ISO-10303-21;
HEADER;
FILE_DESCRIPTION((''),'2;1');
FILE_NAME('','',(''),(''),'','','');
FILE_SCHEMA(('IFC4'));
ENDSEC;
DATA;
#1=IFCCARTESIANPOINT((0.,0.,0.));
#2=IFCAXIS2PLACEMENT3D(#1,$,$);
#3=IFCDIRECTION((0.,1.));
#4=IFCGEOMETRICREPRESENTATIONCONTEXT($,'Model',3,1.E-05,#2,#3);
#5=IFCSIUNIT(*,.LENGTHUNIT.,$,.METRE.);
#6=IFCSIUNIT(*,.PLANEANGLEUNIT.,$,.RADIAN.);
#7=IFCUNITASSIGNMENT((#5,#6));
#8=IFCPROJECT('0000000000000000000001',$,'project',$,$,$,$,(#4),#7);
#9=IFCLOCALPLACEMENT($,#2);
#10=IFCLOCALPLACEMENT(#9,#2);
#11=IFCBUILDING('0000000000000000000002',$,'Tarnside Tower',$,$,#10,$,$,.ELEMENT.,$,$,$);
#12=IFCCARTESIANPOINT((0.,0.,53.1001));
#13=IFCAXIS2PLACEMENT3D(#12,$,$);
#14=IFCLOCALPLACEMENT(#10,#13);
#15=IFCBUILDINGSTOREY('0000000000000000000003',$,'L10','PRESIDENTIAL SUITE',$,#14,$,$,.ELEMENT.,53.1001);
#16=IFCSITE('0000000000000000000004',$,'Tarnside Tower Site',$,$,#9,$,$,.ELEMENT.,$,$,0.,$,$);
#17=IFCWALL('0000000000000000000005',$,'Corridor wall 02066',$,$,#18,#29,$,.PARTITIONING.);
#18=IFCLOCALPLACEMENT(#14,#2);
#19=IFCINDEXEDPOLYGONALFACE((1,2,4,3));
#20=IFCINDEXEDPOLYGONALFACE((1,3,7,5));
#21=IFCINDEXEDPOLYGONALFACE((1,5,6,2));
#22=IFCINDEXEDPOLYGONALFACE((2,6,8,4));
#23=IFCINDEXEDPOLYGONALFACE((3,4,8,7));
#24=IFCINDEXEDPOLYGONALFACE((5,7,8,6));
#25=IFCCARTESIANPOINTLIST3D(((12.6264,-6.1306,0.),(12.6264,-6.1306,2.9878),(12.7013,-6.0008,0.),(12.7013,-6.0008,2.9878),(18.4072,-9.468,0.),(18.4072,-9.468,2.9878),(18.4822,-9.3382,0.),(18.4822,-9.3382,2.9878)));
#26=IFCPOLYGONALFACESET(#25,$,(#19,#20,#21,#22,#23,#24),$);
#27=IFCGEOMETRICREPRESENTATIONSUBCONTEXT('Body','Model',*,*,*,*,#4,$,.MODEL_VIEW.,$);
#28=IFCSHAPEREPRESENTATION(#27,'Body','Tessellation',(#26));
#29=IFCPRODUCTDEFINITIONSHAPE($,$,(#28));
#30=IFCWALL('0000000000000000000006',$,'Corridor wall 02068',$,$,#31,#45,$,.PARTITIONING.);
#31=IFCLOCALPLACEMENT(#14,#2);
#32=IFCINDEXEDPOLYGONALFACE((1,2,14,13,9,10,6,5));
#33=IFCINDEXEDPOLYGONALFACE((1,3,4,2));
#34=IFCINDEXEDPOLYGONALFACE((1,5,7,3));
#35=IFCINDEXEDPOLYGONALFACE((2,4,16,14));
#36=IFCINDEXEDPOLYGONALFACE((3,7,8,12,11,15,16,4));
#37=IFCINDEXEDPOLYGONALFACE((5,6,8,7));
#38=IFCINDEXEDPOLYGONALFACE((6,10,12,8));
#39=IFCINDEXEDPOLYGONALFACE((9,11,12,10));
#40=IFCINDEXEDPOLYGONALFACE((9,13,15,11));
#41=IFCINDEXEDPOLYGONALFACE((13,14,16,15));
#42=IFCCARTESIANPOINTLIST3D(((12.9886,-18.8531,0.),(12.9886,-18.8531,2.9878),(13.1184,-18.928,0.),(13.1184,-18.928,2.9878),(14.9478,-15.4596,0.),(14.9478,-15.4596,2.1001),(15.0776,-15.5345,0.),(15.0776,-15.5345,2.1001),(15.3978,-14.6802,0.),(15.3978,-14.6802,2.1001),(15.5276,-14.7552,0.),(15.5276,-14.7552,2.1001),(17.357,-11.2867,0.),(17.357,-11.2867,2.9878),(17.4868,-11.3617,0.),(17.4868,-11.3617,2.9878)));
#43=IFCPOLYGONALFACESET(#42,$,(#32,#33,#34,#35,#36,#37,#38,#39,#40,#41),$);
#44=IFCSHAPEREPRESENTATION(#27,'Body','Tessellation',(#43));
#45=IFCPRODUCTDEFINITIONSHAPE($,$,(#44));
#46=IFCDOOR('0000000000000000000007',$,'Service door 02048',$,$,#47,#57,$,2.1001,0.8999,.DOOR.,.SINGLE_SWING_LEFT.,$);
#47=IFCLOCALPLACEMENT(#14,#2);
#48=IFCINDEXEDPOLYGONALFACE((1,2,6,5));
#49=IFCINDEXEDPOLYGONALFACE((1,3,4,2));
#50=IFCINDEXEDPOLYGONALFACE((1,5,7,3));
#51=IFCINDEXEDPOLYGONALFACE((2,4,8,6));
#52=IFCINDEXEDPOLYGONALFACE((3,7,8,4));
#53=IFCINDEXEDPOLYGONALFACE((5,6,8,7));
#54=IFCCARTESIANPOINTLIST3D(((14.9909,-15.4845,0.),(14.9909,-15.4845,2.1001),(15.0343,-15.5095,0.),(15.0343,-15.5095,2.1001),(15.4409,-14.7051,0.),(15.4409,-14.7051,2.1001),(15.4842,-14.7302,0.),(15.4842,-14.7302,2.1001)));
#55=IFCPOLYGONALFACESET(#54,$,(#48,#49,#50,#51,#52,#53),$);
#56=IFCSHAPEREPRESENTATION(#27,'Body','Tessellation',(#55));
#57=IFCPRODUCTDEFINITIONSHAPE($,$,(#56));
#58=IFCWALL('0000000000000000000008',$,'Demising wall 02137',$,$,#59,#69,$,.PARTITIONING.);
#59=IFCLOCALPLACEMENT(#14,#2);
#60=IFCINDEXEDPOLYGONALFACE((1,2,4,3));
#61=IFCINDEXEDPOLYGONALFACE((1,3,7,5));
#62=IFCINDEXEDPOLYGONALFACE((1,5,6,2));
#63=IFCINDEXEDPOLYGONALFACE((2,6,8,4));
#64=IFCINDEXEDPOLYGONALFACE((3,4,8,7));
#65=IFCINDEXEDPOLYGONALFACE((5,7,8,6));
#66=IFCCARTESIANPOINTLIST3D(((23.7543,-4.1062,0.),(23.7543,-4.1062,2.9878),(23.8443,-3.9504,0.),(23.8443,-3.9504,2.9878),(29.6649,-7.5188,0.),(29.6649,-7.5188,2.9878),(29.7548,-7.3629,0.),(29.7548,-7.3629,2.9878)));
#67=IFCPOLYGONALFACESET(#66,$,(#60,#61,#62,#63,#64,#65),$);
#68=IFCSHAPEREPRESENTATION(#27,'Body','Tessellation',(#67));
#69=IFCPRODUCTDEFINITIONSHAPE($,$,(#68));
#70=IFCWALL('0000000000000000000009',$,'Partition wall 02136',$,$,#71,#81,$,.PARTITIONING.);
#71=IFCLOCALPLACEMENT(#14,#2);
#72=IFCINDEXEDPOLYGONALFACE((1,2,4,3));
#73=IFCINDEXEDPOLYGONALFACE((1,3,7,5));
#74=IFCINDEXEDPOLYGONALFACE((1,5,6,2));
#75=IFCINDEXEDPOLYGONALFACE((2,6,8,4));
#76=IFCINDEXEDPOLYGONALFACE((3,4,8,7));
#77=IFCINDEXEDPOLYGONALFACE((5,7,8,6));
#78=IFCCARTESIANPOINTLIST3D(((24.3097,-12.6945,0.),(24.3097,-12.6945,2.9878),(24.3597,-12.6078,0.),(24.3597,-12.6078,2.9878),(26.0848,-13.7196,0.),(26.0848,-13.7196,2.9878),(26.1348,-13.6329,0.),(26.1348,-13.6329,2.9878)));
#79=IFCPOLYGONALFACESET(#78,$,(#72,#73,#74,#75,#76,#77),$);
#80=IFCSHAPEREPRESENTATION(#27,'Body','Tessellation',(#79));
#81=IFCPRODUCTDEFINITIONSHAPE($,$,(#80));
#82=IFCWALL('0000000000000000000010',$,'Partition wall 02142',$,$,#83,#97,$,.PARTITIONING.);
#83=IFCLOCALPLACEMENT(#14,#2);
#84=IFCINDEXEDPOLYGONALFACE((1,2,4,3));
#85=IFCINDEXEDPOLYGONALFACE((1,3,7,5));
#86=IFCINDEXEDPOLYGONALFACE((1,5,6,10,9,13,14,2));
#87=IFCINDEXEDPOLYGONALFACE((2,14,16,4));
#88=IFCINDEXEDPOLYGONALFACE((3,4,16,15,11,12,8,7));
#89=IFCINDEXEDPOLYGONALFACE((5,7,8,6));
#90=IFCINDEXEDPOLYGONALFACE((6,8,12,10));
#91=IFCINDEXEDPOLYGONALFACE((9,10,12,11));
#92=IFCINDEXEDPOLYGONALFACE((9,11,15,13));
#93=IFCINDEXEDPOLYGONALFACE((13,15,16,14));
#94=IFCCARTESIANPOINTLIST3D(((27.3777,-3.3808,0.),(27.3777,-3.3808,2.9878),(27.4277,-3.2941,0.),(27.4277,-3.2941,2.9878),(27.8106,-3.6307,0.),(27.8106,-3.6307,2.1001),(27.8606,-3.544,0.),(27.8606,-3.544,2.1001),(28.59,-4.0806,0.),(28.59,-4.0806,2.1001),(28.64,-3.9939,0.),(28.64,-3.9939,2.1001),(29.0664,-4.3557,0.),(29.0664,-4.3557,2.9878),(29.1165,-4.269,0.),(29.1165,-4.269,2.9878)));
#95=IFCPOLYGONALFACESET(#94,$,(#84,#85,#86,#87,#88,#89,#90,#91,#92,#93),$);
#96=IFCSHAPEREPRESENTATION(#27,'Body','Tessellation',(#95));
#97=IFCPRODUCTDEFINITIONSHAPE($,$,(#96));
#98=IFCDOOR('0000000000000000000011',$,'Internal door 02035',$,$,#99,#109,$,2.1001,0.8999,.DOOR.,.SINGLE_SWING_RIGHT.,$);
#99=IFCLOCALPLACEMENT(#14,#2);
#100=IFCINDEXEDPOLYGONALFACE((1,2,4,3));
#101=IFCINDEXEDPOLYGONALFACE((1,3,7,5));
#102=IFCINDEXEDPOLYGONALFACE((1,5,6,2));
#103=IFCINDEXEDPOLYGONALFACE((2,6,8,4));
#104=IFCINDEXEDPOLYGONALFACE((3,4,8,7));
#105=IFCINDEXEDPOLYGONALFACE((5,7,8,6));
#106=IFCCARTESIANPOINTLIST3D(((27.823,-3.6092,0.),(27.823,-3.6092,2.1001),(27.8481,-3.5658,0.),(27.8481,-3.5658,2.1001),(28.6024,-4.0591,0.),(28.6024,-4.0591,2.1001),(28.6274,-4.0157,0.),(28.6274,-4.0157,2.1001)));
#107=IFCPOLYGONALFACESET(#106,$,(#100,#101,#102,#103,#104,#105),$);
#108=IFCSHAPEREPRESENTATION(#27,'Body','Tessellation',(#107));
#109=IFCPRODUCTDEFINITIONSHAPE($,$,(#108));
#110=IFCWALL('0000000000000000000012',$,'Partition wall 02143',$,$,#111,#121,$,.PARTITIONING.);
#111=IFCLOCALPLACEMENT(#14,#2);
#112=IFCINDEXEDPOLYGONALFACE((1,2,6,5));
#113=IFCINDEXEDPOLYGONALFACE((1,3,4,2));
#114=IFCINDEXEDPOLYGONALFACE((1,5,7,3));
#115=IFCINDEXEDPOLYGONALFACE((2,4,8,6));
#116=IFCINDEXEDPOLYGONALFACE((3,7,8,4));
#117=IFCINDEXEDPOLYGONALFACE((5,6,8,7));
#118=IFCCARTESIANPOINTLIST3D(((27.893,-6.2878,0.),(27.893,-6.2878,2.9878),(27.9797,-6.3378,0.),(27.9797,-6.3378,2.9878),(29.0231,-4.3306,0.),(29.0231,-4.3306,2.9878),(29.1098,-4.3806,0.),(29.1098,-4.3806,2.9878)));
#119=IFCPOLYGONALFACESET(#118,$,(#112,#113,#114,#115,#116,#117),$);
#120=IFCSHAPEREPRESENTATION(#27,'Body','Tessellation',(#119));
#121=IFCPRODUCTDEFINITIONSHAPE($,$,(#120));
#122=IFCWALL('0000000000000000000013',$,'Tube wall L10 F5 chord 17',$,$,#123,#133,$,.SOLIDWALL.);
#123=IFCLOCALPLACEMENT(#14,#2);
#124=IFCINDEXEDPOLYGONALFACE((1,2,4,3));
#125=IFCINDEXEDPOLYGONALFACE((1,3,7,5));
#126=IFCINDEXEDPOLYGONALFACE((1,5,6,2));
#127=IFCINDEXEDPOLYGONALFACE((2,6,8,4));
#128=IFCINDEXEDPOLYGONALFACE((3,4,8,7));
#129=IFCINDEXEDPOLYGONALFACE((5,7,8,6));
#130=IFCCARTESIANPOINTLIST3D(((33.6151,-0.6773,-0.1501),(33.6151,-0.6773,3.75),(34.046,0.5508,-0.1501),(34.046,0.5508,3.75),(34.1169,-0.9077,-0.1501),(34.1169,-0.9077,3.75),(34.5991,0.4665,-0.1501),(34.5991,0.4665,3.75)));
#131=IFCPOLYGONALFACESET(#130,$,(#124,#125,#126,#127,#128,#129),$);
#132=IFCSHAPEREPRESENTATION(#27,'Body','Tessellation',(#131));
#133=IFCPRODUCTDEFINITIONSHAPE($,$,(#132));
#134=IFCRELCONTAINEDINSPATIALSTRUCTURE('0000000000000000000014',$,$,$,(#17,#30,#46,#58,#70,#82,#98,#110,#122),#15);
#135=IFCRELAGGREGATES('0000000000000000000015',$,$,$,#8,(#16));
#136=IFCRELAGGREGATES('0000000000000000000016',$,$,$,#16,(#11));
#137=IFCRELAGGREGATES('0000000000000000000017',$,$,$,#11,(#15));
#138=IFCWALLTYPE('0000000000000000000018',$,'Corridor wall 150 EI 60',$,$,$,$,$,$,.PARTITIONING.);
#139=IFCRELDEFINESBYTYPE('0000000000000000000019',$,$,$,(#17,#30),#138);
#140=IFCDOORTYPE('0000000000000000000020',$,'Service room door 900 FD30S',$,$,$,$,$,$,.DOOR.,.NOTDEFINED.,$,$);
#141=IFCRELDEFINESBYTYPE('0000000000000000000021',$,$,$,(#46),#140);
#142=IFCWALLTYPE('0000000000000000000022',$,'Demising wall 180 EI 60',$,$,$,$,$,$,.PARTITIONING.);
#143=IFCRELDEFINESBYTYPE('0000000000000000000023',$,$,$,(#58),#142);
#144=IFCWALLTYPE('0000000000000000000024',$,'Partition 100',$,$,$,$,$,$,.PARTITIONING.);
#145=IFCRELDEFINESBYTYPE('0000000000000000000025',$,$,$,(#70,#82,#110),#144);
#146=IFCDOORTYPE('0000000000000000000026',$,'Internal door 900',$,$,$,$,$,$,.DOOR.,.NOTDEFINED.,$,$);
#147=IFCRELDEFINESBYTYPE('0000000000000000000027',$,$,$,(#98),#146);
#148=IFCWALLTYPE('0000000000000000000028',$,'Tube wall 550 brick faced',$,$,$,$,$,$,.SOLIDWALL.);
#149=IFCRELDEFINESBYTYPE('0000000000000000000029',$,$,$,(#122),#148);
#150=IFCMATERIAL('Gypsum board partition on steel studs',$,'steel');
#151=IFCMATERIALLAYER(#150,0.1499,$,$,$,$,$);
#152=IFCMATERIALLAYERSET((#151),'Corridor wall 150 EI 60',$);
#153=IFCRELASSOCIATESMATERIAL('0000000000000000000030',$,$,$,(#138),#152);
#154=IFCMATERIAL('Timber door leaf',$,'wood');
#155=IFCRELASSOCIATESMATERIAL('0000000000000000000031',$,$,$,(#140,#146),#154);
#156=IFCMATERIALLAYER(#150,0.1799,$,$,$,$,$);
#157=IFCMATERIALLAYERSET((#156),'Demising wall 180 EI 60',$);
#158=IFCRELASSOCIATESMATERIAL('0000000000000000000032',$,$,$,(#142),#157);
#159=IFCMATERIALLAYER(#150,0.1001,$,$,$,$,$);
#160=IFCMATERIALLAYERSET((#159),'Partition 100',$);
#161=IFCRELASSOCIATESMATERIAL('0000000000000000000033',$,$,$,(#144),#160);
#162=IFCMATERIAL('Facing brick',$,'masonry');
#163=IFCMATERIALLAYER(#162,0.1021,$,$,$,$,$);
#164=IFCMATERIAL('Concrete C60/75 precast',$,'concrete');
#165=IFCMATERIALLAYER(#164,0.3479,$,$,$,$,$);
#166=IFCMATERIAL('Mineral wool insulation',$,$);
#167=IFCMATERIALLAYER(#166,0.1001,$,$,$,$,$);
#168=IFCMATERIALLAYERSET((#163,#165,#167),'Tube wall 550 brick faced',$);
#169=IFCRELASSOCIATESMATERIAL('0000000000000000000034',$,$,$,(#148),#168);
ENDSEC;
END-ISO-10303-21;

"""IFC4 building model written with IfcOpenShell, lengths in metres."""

from ifc_helpers import new_model, si_unit, direction, frame, frame_2d, origin, place, context, subcontext, project, spatial, polyline, rectangle, outline, extrude, material, layer, layer_set, type_object, element, fill, save


model = new_model("IFC4")

# Units and contexts
model_context = context("Model", 3, precision=1e-05, world=origin(), true_north=direction((0.0, 1.0)))
body_context = subcontext(model_context, "Body", "Model", "MODEL_VIEW")
ifc_project = project(units=[si_unit("LENGTHUNIT", "METRE"), si_unit("PLANEANGLEUNIT", "RADIAN")], contexts=[model_context])

# Site, building, storey
site_placement = place(None, origin())
site = spatial("IfcSite", under=ifc_project, at=site_placement, Name="Tarnside Tower Site", CompositionType="ELEMENT", RefElevation=0.0)
building_placement = place(site_placement, origin())
building = spatial("IfcBuilding", under=site, at=building_placement, Name="Tarnside Tower", CompositionType="ELEMENT")
storey_placement = place(building_placement, frame((0.0, 0.0, 53.1001)))
storey = spatial("IfcBuildingStorey", under=building, at=storey_placement, Name="L10", Description="PRESIDENTIAL SUITE", CompositionType="ELEMENT", Elevation=53.1001)

# Shared definitions
ifc_material_1 = material(Name="Gypsum board partition on steel studs", Category="steel")

# Shared definitions
ifc_material_2 = material(Name="Timber door leaf", Category="wood")

# Wall
ifc_layer_1 = layer(ifc_material_1, 0.1499)
ifc_layer_set_1 = layer_set([ifc_layer_1], Name="Corridor wall 150 EI 60")
wall_type_1 = type_object("IfcWallType", Name="Corridor wall 150 EI 60", PredefinedType="PARTITIONING", material=ifc_layer_set_1)
wall_1_placement = place(storey_placement, frame((18.4446, -9.4031, 0.0), z_axis=(0.0, 0.0, 1.0), x_axis=(-0.866033, 0.499986, 0.0)))
element("IfcWall", 1, at=wall_1_placement, inside=storey, type_object=wall_type_1, Name="Corridor wall 02066", PredefinedType="PARTITIONING", context=body_context, shape_type="SweptSolid", body=[
    extrude(rectangle(XDim=6.675, YDim=0.1499, at=frame_2d((3.3374, 0.0))), origin(), (0.0, 0.0, 1.0), 2.9878),
])

# Wall, opening, door
wall_2_placement = place(storey_placement, frame((17.4219, -11.3242, 0.0), z_axis=(0.0, 0.0, 1.0), x_axis=(-0.499995, -0.866028, 0.0)))
wall_2 = element("IfcWall", 2, at=wall_2_placement, inside=storey, type_object=wall_type_1, Name="Corridor wall 02068", PredefinedType="PARTITIONING", context=body_context, shape_type="SweptSolid", body=[
    extrude(rectangle(XDim=8.7368, YDim=0.1499, at=frame_2d((4.3684, 0.0))), origin(), (0.0, 0.0, 1.0), 2.9878),
])
opening_1_placement = place(wall_2_placement, frame((3.9185, 0.0, 0.0)))
opening_1 = element("IfcOpeningElement", 3, at=opening_1_placement, cuts=wall_2, PredefinedType="OPENING", context=body_context, shape_type="SweptSolid", body=[
    extrude(rectangle(XDim=0.8999, YDim=2.1001, at=frame_2d((0.45, 1.05))), frame((0.0, 0.085, 0.0), z_axis=(0.0, -1.0, 0.0), x_axis=(1.0, 0.0, 0.0)), (0.0, 0.0, 1.0), 0.1699),
])
door_type_1 = type_object("IfcDoorType", Name="Service room door 900 FD30S", OperationType="NOTDEFINED", PredefinedType="DOOR", material=ifc_material_2)
door_1_placement = place(opening_1_placement, origin())
door_1 = element("IfcDoor", 4, at=door_1_placement, inside=storey, type_object=door_type_1, Name="Service door 02048", OperationType="SINGLE_SWING_LEFT", OverallHeight=2.1001, OverallWidth=0.8999, PredefinedType="DOOR", context=body_context, shape_type="SweptSolid", body=[
    extrude(rectangle(XDim=0.8999, YDim=2.1001, at=frame_2d((0.45, 1.05))), frame((0.0, 0.0249, 0.0), z_axis=(0.0, -1.0, 0.0), x_axis=(1.0, 0.0, 0.0)), (0.0, 0.0, 1.0), 0.05),
])
fill(opening_1, door_1)

# Walls
ifc_layer_2 = layer(ifc_material_1, 0.1799)
ifc_layer_set_2 = layer_set([ifc_layer_2], Name="Demising wall 180 EI 60")
wall_type_2 = type_object("IfcWallType", Name="Demising wall 180 EI 60", PredefinedType="PARTITIONING", material=ifc_layer_set_2)
wall_3_placement = place(storey_placement, frame((29.71, -7.4409, 0.0), z_axis=(0.0, 0.0, 1.0), x_axis=(-0.86602, 0.500009, 0.0)))
element("IfcWall", 5, at=wall_3_placement, inside=storey, type_object=wall_type_2, Name="Demising wall 02137", PredefinedType="PARTITIONING", context=body_context, shape_type="SweptSolid", body=[
    extrude(rectangle(XDim=6.825, YDim=0.1799, at=frame_2d((3.4126, 0.0))), origin(), (0.0, 0.0, 1.0), 2.9878),
])
ifc_layer_3 = layer(ifc_material_1, 0.1001)
ifc_layer_set_3 = layer_set([ifc_layer_3], Name="Partition 100")
wall_type_3 = type_object("IfcWallType", Name="Partition 100", PredefinedType="PARTITIONING", material=ifc_layer_set_3)
wall_4_placement = place(storey_placement, frame((24.3347, -12.6511, 0.0), z_axis=(0.0, 0.0, 1.0), x_axis=(0.865969, -0.500097, 0.0)))
element("IfcWall", 6, at=wall_4_placement, inside=storey, type_object=wall_type_3, Name="Partition wall 02136", PredefinedType="PARTITIONING", context=body_context, shape_type="SweptSolid", body=[
    extrude(rectangle(XDim=2.0498, YDim=0.1001, at=frame_2d((1.0249, 0.0))), origin(), (0.0, 0.0, 1.0), 2.9878),
])

# Wall, opening, door
wall_5_placement = place(storey_placement, frame((27.4026, -3.3374, 0.0), z_axis=(0.0, 0.0, 1.0), x_axis=(0.866054, -0.49995, 0.0)))
wall_5 = element("IfcWall", 7, at=wall_5_placement, inside=storey, type_object=wall_type_3, Name="Partition wall 02142", PredefinedType="PARTITIONING", context=body_context, shape_type="SweptSolid", body=[
    extrude(rectangle(XDim=1.95, YDim=0.1001, at=frame_2d((0.9751, 0.0))), origin(), (0.0, 0.0, 1.0), 2.9878),
])
opening_2_placement = place(wall_5_placement, frame((0.5, 0.0, 0.0)))
opening_2 = element("IfcOpeningElement", 8, at=opening_2_placement, cuts=wall_5, PredefinedType="OPENING", context=body_context, shape_type="SweptSolid", body=[
    extrude(rectangle(XDim=0.8999, YDim=2.1001, at=frame_2d((0.45, 1.05))), frame((0.0, 0.0601, 0.0), z_axis=(0.0, -1.0, 0.0), x_axis=(1.0, 0.0, 0.0)), (0.0, 0.0, 1.0), 0.1201),
])
door_type_2 = type_object("IfcDoorType", Name="Internal door 900", OperationType="NOTDEFINED", PredefinedType="DOOR", material=ifc_material_2)
door_2_placement = place(opening_2_placement, origin())
door_2 = element("IfcDoor", 9, at=door_2_placement, inside=storey, type_object=door_type_2, Name="Internal door 02035", OperationType="SINGLE_SWING_RIGHT", OverallHeight=2.1001, OverallWidth=0.8999, PredefinedType="DOOR", context=body_context, shape_type="SweptSolid", body=[
    extrude(rectangle(XDim=0.8999, YDim=2.1001, at=frame_2d((0.45, 1.05))), frame((0.0, 0.0249, 0.0), z_axis=(0.0, -1.0, 0.0), x_axis=(1.0, 0.0, 0.0)), (0.0, 0.0, 1.0), 0.05),
])
fill(opening_2, door_2)

# Walls
wall_6_placement = place(storey_placement, frame((29.0664, -4.3557, 0.0), z_axis=(0.0, 0.0, 1.0), x_axis=(-0.500031, -0.866007, 0.0)))
element("IfcWall", 10, at=wall_6_placement, inside=storey, type_object=wall_type_3, Name="Partition wall 02143", PredefinedType="PARTITIONING", context=body_context, shape_type="SweptSolid", body=[
    extrude(rectangle(XDim=2.26, YDim=0.1001, at=frame_2d((1.1299, 0.0))), origin(), (0.0, 0.0, 1.0), 2.9878),
])
ifc_material_3 = material(Name="Facing brick", Category="masonry")
ifc_layer_4 = layer(ifc_material_3, 0.1021)
ifc_material_4 = material(Name="Concrete C60/75 precast", Category="concrete")
ifc_layer_5 = layer(ifc_material_4, 0.3479)
ifc_material_5 = material(Name="Mineral wool insulation")
ifc_layer_6 = layer(ifc_material_5, 0.1001)
ifc_layer_set_4 = layer_set([ifc_layer_4, ifc_layer_5, ifc_layer_6], Name="Tube wall 550 brick faced")
wall_type_4 = type_object("IfcWallType", Name="Tube wall 550 brick faced", PredefinedType="SOLIDWALL", material=ifc_layer_set_4)
wall_7_placement = place(storey_placement, frame((33.866, -0.7925, -0.1501), z_axis=(0.0, 0.0, 1.0), x_axis=(0.331115, 0.94359, 0.0)))
element("IfcWall", 11, at=wall_7_placement, inside=storey, type_object=wall_type_4, Name="Tube wall L10 F5 chord 17", PredefinedType="SOLIDWALL", context=body_context, shape_type="SweptSolid", body=[
    extrude(outline(polyline([(-0.0256, -0.2749), (1.4307, -0.2749), (1.3271, 0.2749), (0.0256, 0.2749), (-0.0256, -0.2749)])), origin(), (0.0, 0.0, 1.0), 3.9001),
])

save(model, "model.ifc")
